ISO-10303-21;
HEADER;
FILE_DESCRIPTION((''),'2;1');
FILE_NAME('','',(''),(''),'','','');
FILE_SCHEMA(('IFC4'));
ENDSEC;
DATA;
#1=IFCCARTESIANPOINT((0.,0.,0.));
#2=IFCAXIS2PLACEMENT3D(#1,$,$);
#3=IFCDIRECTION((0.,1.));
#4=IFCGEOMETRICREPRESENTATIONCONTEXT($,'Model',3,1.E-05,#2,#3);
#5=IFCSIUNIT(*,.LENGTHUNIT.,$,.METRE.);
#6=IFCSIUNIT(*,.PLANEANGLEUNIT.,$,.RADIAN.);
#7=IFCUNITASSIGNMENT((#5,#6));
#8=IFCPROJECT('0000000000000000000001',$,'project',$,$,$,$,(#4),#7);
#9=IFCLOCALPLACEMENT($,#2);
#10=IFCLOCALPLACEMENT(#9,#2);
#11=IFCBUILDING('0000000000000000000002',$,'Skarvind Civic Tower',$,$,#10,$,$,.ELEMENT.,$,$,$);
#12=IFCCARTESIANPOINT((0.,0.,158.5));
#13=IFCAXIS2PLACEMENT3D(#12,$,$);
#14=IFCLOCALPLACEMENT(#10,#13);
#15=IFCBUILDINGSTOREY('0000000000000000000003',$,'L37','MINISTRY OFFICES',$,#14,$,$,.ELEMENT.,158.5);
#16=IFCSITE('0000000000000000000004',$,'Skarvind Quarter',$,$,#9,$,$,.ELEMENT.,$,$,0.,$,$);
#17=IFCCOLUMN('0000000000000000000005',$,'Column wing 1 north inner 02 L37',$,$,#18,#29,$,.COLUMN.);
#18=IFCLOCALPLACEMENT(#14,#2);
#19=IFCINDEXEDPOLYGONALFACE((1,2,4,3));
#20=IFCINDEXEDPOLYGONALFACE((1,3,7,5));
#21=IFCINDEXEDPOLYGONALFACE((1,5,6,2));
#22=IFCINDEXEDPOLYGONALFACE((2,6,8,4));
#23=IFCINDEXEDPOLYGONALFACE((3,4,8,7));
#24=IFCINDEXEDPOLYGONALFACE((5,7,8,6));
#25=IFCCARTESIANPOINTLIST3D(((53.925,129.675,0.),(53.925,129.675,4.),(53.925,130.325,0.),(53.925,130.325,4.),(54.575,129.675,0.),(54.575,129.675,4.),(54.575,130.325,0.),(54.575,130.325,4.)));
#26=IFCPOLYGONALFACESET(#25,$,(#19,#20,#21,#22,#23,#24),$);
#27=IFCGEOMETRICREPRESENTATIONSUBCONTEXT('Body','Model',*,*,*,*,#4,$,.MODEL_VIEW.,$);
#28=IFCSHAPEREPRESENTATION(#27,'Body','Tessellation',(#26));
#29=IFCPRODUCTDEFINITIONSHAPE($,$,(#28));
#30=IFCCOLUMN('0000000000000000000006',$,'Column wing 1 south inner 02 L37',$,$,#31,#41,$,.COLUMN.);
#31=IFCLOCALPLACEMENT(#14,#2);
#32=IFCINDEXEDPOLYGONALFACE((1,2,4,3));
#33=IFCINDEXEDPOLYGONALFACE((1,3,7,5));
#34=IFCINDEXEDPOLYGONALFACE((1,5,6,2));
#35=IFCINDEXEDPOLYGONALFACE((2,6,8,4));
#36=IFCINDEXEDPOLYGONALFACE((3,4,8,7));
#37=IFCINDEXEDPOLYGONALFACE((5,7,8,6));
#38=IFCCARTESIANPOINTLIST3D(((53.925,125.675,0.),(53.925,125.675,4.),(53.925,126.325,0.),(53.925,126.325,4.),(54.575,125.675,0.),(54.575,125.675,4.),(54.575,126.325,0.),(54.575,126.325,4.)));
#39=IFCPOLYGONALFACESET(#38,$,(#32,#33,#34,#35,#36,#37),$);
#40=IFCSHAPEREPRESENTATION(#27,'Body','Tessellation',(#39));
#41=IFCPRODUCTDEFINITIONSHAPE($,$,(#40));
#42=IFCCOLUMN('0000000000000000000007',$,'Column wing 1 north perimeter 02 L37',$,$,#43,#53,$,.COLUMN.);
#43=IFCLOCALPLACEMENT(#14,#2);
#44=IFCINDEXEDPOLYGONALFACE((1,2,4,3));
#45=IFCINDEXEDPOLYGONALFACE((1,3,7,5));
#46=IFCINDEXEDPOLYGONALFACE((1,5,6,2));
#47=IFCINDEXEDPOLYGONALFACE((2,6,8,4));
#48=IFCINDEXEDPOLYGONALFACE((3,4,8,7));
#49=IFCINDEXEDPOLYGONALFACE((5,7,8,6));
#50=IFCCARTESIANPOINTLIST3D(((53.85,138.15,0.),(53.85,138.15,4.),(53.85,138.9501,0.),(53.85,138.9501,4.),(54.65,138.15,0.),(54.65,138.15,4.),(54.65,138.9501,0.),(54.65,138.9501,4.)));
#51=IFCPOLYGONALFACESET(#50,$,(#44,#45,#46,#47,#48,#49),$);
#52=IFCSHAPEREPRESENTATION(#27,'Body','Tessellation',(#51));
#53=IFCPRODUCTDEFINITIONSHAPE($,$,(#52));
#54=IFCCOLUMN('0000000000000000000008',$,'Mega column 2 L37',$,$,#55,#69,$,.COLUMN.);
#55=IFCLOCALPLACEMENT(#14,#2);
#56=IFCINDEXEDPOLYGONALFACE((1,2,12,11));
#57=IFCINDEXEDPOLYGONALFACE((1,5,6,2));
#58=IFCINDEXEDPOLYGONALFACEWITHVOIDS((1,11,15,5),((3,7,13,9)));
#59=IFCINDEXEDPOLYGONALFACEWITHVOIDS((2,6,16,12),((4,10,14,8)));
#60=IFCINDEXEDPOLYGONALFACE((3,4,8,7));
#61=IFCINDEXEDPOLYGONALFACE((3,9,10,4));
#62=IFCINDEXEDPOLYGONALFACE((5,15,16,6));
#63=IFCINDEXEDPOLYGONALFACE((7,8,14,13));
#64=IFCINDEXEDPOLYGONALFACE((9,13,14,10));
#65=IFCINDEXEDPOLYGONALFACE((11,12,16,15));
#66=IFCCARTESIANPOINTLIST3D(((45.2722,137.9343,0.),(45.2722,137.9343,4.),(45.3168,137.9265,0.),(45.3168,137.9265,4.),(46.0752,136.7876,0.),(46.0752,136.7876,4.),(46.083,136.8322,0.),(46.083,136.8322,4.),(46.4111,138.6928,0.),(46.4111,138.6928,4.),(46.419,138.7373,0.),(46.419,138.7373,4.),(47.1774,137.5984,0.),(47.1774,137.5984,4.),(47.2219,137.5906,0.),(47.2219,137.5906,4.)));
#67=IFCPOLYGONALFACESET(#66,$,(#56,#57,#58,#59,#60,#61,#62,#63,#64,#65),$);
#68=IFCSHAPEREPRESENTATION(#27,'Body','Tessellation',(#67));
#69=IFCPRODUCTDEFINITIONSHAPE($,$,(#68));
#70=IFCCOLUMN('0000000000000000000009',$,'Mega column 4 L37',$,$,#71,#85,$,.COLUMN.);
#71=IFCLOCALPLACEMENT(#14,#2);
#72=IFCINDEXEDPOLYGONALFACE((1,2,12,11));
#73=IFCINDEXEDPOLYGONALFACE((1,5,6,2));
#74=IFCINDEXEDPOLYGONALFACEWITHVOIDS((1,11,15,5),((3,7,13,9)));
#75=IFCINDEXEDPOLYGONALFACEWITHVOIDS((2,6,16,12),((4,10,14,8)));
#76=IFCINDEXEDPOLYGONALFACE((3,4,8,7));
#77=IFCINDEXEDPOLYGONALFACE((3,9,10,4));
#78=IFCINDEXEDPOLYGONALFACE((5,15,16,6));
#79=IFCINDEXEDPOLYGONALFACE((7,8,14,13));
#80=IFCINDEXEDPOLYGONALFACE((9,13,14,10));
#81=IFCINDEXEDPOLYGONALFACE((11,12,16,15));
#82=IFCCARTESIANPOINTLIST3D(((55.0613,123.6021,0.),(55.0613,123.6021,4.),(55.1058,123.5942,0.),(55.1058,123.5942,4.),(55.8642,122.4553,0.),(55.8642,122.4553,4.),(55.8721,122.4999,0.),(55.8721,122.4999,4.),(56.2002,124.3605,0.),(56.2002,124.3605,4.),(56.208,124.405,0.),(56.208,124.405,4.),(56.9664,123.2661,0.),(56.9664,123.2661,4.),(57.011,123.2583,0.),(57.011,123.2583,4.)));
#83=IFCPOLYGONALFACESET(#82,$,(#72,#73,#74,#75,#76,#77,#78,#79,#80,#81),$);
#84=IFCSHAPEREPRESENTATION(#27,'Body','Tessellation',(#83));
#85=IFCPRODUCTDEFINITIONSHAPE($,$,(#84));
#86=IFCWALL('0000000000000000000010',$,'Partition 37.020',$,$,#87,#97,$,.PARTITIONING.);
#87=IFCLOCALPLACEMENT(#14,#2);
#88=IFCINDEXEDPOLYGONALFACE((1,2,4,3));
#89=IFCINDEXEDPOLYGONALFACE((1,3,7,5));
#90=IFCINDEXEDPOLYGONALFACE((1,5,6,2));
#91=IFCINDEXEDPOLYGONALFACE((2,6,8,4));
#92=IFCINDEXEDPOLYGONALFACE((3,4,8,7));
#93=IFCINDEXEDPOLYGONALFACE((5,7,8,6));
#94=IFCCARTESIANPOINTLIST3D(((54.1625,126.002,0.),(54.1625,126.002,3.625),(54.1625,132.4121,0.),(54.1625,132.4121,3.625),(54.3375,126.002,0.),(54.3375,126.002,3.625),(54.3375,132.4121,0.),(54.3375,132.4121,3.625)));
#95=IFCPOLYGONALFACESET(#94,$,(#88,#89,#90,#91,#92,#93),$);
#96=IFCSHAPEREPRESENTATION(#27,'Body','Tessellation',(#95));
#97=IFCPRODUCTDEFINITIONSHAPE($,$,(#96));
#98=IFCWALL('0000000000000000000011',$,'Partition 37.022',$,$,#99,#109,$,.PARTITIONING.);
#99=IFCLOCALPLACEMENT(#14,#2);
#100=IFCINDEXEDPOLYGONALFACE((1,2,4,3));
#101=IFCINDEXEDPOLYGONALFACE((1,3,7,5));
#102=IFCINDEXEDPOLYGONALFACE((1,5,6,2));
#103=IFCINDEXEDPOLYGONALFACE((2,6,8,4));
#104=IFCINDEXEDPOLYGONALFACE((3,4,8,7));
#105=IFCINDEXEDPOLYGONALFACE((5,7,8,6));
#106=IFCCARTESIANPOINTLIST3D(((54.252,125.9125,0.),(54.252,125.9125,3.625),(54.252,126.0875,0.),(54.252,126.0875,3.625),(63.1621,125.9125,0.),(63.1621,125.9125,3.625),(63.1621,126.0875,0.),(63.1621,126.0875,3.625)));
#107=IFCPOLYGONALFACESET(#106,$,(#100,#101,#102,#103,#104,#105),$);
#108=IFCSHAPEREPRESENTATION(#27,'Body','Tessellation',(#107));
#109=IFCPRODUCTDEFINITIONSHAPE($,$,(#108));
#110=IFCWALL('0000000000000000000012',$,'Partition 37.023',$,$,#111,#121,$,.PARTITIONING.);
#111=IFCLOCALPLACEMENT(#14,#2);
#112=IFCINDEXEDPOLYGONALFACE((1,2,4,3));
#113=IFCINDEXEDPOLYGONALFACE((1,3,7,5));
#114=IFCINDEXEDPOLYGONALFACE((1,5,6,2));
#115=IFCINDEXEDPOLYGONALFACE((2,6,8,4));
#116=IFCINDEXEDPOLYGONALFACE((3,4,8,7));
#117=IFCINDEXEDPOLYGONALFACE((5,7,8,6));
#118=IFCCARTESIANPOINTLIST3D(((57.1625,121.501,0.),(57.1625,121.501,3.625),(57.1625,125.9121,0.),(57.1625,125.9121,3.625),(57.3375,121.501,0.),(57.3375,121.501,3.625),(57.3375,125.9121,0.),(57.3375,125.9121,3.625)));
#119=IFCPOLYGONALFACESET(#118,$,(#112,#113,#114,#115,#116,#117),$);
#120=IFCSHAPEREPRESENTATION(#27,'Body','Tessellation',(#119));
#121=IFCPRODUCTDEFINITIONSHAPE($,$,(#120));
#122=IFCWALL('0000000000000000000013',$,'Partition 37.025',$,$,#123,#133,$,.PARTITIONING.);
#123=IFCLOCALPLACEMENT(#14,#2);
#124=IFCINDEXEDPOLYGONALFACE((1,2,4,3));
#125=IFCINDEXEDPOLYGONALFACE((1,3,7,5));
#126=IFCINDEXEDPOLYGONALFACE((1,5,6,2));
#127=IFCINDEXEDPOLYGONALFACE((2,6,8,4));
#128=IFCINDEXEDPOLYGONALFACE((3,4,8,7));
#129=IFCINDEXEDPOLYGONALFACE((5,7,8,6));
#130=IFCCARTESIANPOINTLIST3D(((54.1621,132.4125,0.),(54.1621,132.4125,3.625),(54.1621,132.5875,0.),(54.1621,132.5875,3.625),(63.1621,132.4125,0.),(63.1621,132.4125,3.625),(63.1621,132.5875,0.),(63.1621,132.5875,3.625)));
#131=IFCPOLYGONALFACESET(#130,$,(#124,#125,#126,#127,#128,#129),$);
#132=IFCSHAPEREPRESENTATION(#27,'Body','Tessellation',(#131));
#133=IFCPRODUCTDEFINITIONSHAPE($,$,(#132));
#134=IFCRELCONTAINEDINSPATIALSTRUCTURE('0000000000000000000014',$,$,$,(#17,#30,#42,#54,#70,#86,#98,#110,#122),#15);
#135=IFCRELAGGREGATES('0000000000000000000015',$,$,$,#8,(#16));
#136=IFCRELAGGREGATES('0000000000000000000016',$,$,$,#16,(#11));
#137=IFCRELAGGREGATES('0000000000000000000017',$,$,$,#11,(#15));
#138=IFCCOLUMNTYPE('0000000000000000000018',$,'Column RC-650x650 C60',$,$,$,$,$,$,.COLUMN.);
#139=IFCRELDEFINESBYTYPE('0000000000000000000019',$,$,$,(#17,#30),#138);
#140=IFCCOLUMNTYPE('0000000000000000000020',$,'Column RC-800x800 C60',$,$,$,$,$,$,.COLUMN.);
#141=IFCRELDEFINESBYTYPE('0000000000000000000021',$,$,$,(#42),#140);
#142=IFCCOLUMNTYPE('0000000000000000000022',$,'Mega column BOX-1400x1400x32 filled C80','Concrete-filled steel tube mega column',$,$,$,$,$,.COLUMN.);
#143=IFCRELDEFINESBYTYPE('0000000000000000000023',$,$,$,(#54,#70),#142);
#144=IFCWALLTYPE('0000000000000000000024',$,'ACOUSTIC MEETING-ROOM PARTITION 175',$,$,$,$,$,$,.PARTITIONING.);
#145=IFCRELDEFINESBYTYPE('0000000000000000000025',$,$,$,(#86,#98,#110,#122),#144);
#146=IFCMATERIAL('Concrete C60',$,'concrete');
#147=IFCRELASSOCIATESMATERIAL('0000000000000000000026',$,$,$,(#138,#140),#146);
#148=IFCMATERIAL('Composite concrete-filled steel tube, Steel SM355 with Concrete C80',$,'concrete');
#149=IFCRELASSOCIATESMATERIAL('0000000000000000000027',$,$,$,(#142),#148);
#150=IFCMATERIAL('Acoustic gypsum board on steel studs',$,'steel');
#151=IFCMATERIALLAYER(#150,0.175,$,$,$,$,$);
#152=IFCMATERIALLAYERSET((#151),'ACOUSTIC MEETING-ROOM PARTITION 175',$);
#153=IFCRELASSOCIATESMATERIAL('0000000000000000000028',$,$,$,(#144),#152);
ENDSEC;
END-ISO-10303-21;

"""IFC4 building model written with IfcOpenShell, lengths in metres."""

from ifc_helpers import new_model, si_unit, direction, frame, frame_2d, origin, origin_2d, place, context, subcontext, project, spatial, rectangle, hollow_rectangle, extrude, material, layer, layer_set, material_profile, profile_set, type_object, element, save


model = new_model("IFC4")

# Units and contexts
model_context = context("Model", 3, precision=1e-05, world=origin(), true_north=direction((0.0, 1.0)))
body_context = subcontext(model_context, "Body", "Model", "MODEL_VIEW")
ifc_project = project(units=[si_unit("LENGTHUNIT", "METRE"), si_unit("PLANEANGLEUNIT", "RADIAN")], contexts=[model_context])

# Site, building, storey
site_placement = place(None, origin())
site = spatial("IfcSite", under=ifc_project, at=site_placement, Name="Skarvind Quarter", CompositionType="ELEMENT", RefElevation=0.0)
building_placement = place(site_placement, origin())
building = spatial("IfcBuilding", under=site, at=building_placement, Name="Skarvind Civic Tower", CompositionType="ELEMENT")
storey_placement = place(building_placement, frame((0.0, 0.0, 158.5)))
storey = spatial("IfcBuildingStorey", under=building, at=storey_placement, Name="L37", Description="MINISTRY OFFICES", CompositionType="ELEMENT", Elevation=158.5)

# Columns
ifc_material_1 = material(Name="Concrete C60", Category="concrete")
ifc_material_profile_1 = material_profile(ifc_material_1, rectangle(XDim=0.6499, YDim=0.6499, at=origin_2d()), Name="RC-650x650")
ifc_profile_set_1 = profile_set([ifc_material_profile_1], Name="Concrete C60")
column_type_1 = type_object("IfcColumnType", Name="Column RC-650x650 C60", PredefinedType="COLUMN", material=ifc_profile_set_1)
for number, where, z_axis, x_axis, name in (
    (1, (54.25, 130.0, 0.0), (0.0, 0.0, 1.0), (1.0, 0.0, 0.0), "Column wing 1 north inner 02 L37"),
    (2, (54.25, 126.0, 0.0), (0.0, 0.0, 1.0), (1.0, 0.0, 0.0), "Column wing 1 south inner 02 L37"),
):
    element("IfcColumn", number, at=place(storey_placement, frame(where, z_axis=z_axis, x_axis=x_axis)), inside=storey, type_object=column_type_1, Name=name, PredefinedType="COLUMN", context=body_context, shape_type="SweptSolid", body=[
        extrude(rectangle(XDim=0.6499, YDim=0.6499, at=origin_2d()), origin(), (0.0, 0.0, 1.0), 4.0),
    ])
ifc_material_profile_2 = material_profile(ifc_material_1, rectangle(XDim=0.8, YDim=0.8, at=origin_2d()), Name="RC-800x800")
ifc_profile_set_2 = profile_set([ifc_material_profile_2], Name="Concrete C60")
column_type_2 = type_object("IfcColumnType", Name="Column RC-800x800 C60", PredefinedType="COLUMN", material=ifc_profile_set_2)
column_placement = place(storey_placement, frame((54.25, 138.55, 0.0), z_axis=(0.0, 0.0, 1.0), x_axis=(1.0, 0.0, 0.0)))
element("IfcColumn", 3, at=column_placement, inside=storey, type_object=column_type_2, Name="Column wing 1 north perimeter 02 L37", PredefinedType="COLUMN", context=body_context, shape_type="SweptSolid", body=[
    extrude(rectangle(XDim=0.8, YDim=0.8, at=origin_2d()), origin(), (0.0, 0.0, 1.0), 4.0),
])
ifc_material_2 = material(Name="Composite concrete-filled steel tube, Steel SM355 with Concrete C80", Category="concrete")
ifc_material_profile_3 = material_profile(ifc_material_2, hollow_rectangle(XDim=1.3999, YDim=1.3999, WallThickness=0.032, at=origin_2d()), Name="BOX-1400x1400x32")
ifc_profile_set_3 = profile_set([ifc_material_profile_3], Name="Composite concrete-filled steel tube, Steel SM355 with Concrete C80")
column_type_3 = type_object("IfcColumnType", Name="Mega column BOX-1400x1400x32 filled C80", Description="Concrete-filled steel tube mega column", PredefinedType="COLUMN", material=ifc_profile_set_3)
for number, where, z_axis, x_axis, name in (
    (4, (46.2471, 137.7625, 0.0), (0.0, 0.0, 1.0), (0.573576, -0.819152, 0.0), "Mega column 2 L37"),
    (5, (56.0361, 123.4302, 0.0), (0.0, 0.0, 1.0), (0.573576, -0.819152, 0.0), "Mega column 4 L37"),
):
    element("IfcColumn", number, at=place(storey_placement, frame(where, z_axis=z_axis, x_axis=x_axis)), inside=storey, type_object=column_type_3, Name=name, PredefinedType="COLUMN", context=body_context, shape_type="SweptSolid", body=[
        extrude(hollow_rectangle(XDim=1.3999, YDim=1.3999, WallThickness=0.032, at=origin_2d()), origin(), (0.0, 0.0, 1.0), 4.0),
    ])

# Walls
ifc_material_3 = material(Name="Acoustic gypsum board on steel studs", Category="steel")
ifc_layer_1 = layer(ifc_material_3, 0.175)
ifc_layer_set_1 = layer_set([ifc_layer_1], Name="ACOUSTIC MEETING-ROOM PARTITION 175")
wall_type_1 = type_object("IfcWallType", Name="ACOUSTIC MEETING-ROOM PARTITION 175", PredefinedType="PARTITIONING", material=ifc_layer_set_1)
wall_1_placement = place(storey_placement, frame((54.25, 126.002, 0.0), z_axis=(0.0, 0.0, 1.0), x_axis=(0.0, 1.0, 0.0)))
element("IfcWall", 6, at=wall_1_placement, inside=storey, type_object=wall_type_1, Name="Partition 37.020", PredefinedType="PARTITIONING", context=body_context, shape_type="SweptSolid", body=[
    extrude(rectangle(XDim=6.4102, YDim=0.175, at=frame_2d((3.2051, 0.0))), origin(), (0.0, 0.0, 1.0), 3.625),
])
wall_2_placement = place(storey_placement, frame((54.252, 126.0, 0.0), z_axis=(0.0, 0.0, 1.0), x_axis=(1.0, 0.0, 0.0)))
element("IfcWall", 7, at=wall_2_placement, inside=storey, type_object=wall_type_1, Name="Partition 37.022", PredefinedType="PARTITIONING", context=body_context, shape_type="SweptSolid", body=[
    extrude(rectangle(XDim=8.9102, YDim=0.175, at=frame_2d((4.4551, 0.0))), origin(), (0.0, 0.0, 1.0), 3.625),
])
wall_3_placement = place(storey_placement, frame((57.25, 125.9121, 0.0), z_axis=(0.0, 0.0, 1.0), x_axis=(0.0, -1.0, 0.0)))
element("IfcWall", 8, at=wall_3_placement, inside=storey, type_object=wall_type_1, Name="Partition 37.023", PredefinedType="PARTITIONING", context=body_context, shape_type="SweptSolid", body=[
    extrude(rectangle(XDim=4.4111, YDim=0.175, at=frame_2d((2.2056, 0.0))), origin(), (0.0, 0.0, 1.0), 3.625),
])
wall_4_placement = place(storey_placement, frame((63.1621, 132.5, 0.0), z_axis=(0.0, 0.0, 1.0), x_axis=(-1.0, 0.0, 0.0)))
element("IfcWall", 9, at=wall_4_placement, inside=storey, type_object=wall_type_1, Name="Partition 37.025", PredefinedType="PARTITIONING", context=body_context, shape_type="SweptSolid", body=[
    extrude(rectangle(XDim=9.0, YDim=0.175, at=frame_2d((4.5, 0.0))), origin(), (0.0, 0.0, 1.0), 3.625),
])

save(model, "model.ifc")
